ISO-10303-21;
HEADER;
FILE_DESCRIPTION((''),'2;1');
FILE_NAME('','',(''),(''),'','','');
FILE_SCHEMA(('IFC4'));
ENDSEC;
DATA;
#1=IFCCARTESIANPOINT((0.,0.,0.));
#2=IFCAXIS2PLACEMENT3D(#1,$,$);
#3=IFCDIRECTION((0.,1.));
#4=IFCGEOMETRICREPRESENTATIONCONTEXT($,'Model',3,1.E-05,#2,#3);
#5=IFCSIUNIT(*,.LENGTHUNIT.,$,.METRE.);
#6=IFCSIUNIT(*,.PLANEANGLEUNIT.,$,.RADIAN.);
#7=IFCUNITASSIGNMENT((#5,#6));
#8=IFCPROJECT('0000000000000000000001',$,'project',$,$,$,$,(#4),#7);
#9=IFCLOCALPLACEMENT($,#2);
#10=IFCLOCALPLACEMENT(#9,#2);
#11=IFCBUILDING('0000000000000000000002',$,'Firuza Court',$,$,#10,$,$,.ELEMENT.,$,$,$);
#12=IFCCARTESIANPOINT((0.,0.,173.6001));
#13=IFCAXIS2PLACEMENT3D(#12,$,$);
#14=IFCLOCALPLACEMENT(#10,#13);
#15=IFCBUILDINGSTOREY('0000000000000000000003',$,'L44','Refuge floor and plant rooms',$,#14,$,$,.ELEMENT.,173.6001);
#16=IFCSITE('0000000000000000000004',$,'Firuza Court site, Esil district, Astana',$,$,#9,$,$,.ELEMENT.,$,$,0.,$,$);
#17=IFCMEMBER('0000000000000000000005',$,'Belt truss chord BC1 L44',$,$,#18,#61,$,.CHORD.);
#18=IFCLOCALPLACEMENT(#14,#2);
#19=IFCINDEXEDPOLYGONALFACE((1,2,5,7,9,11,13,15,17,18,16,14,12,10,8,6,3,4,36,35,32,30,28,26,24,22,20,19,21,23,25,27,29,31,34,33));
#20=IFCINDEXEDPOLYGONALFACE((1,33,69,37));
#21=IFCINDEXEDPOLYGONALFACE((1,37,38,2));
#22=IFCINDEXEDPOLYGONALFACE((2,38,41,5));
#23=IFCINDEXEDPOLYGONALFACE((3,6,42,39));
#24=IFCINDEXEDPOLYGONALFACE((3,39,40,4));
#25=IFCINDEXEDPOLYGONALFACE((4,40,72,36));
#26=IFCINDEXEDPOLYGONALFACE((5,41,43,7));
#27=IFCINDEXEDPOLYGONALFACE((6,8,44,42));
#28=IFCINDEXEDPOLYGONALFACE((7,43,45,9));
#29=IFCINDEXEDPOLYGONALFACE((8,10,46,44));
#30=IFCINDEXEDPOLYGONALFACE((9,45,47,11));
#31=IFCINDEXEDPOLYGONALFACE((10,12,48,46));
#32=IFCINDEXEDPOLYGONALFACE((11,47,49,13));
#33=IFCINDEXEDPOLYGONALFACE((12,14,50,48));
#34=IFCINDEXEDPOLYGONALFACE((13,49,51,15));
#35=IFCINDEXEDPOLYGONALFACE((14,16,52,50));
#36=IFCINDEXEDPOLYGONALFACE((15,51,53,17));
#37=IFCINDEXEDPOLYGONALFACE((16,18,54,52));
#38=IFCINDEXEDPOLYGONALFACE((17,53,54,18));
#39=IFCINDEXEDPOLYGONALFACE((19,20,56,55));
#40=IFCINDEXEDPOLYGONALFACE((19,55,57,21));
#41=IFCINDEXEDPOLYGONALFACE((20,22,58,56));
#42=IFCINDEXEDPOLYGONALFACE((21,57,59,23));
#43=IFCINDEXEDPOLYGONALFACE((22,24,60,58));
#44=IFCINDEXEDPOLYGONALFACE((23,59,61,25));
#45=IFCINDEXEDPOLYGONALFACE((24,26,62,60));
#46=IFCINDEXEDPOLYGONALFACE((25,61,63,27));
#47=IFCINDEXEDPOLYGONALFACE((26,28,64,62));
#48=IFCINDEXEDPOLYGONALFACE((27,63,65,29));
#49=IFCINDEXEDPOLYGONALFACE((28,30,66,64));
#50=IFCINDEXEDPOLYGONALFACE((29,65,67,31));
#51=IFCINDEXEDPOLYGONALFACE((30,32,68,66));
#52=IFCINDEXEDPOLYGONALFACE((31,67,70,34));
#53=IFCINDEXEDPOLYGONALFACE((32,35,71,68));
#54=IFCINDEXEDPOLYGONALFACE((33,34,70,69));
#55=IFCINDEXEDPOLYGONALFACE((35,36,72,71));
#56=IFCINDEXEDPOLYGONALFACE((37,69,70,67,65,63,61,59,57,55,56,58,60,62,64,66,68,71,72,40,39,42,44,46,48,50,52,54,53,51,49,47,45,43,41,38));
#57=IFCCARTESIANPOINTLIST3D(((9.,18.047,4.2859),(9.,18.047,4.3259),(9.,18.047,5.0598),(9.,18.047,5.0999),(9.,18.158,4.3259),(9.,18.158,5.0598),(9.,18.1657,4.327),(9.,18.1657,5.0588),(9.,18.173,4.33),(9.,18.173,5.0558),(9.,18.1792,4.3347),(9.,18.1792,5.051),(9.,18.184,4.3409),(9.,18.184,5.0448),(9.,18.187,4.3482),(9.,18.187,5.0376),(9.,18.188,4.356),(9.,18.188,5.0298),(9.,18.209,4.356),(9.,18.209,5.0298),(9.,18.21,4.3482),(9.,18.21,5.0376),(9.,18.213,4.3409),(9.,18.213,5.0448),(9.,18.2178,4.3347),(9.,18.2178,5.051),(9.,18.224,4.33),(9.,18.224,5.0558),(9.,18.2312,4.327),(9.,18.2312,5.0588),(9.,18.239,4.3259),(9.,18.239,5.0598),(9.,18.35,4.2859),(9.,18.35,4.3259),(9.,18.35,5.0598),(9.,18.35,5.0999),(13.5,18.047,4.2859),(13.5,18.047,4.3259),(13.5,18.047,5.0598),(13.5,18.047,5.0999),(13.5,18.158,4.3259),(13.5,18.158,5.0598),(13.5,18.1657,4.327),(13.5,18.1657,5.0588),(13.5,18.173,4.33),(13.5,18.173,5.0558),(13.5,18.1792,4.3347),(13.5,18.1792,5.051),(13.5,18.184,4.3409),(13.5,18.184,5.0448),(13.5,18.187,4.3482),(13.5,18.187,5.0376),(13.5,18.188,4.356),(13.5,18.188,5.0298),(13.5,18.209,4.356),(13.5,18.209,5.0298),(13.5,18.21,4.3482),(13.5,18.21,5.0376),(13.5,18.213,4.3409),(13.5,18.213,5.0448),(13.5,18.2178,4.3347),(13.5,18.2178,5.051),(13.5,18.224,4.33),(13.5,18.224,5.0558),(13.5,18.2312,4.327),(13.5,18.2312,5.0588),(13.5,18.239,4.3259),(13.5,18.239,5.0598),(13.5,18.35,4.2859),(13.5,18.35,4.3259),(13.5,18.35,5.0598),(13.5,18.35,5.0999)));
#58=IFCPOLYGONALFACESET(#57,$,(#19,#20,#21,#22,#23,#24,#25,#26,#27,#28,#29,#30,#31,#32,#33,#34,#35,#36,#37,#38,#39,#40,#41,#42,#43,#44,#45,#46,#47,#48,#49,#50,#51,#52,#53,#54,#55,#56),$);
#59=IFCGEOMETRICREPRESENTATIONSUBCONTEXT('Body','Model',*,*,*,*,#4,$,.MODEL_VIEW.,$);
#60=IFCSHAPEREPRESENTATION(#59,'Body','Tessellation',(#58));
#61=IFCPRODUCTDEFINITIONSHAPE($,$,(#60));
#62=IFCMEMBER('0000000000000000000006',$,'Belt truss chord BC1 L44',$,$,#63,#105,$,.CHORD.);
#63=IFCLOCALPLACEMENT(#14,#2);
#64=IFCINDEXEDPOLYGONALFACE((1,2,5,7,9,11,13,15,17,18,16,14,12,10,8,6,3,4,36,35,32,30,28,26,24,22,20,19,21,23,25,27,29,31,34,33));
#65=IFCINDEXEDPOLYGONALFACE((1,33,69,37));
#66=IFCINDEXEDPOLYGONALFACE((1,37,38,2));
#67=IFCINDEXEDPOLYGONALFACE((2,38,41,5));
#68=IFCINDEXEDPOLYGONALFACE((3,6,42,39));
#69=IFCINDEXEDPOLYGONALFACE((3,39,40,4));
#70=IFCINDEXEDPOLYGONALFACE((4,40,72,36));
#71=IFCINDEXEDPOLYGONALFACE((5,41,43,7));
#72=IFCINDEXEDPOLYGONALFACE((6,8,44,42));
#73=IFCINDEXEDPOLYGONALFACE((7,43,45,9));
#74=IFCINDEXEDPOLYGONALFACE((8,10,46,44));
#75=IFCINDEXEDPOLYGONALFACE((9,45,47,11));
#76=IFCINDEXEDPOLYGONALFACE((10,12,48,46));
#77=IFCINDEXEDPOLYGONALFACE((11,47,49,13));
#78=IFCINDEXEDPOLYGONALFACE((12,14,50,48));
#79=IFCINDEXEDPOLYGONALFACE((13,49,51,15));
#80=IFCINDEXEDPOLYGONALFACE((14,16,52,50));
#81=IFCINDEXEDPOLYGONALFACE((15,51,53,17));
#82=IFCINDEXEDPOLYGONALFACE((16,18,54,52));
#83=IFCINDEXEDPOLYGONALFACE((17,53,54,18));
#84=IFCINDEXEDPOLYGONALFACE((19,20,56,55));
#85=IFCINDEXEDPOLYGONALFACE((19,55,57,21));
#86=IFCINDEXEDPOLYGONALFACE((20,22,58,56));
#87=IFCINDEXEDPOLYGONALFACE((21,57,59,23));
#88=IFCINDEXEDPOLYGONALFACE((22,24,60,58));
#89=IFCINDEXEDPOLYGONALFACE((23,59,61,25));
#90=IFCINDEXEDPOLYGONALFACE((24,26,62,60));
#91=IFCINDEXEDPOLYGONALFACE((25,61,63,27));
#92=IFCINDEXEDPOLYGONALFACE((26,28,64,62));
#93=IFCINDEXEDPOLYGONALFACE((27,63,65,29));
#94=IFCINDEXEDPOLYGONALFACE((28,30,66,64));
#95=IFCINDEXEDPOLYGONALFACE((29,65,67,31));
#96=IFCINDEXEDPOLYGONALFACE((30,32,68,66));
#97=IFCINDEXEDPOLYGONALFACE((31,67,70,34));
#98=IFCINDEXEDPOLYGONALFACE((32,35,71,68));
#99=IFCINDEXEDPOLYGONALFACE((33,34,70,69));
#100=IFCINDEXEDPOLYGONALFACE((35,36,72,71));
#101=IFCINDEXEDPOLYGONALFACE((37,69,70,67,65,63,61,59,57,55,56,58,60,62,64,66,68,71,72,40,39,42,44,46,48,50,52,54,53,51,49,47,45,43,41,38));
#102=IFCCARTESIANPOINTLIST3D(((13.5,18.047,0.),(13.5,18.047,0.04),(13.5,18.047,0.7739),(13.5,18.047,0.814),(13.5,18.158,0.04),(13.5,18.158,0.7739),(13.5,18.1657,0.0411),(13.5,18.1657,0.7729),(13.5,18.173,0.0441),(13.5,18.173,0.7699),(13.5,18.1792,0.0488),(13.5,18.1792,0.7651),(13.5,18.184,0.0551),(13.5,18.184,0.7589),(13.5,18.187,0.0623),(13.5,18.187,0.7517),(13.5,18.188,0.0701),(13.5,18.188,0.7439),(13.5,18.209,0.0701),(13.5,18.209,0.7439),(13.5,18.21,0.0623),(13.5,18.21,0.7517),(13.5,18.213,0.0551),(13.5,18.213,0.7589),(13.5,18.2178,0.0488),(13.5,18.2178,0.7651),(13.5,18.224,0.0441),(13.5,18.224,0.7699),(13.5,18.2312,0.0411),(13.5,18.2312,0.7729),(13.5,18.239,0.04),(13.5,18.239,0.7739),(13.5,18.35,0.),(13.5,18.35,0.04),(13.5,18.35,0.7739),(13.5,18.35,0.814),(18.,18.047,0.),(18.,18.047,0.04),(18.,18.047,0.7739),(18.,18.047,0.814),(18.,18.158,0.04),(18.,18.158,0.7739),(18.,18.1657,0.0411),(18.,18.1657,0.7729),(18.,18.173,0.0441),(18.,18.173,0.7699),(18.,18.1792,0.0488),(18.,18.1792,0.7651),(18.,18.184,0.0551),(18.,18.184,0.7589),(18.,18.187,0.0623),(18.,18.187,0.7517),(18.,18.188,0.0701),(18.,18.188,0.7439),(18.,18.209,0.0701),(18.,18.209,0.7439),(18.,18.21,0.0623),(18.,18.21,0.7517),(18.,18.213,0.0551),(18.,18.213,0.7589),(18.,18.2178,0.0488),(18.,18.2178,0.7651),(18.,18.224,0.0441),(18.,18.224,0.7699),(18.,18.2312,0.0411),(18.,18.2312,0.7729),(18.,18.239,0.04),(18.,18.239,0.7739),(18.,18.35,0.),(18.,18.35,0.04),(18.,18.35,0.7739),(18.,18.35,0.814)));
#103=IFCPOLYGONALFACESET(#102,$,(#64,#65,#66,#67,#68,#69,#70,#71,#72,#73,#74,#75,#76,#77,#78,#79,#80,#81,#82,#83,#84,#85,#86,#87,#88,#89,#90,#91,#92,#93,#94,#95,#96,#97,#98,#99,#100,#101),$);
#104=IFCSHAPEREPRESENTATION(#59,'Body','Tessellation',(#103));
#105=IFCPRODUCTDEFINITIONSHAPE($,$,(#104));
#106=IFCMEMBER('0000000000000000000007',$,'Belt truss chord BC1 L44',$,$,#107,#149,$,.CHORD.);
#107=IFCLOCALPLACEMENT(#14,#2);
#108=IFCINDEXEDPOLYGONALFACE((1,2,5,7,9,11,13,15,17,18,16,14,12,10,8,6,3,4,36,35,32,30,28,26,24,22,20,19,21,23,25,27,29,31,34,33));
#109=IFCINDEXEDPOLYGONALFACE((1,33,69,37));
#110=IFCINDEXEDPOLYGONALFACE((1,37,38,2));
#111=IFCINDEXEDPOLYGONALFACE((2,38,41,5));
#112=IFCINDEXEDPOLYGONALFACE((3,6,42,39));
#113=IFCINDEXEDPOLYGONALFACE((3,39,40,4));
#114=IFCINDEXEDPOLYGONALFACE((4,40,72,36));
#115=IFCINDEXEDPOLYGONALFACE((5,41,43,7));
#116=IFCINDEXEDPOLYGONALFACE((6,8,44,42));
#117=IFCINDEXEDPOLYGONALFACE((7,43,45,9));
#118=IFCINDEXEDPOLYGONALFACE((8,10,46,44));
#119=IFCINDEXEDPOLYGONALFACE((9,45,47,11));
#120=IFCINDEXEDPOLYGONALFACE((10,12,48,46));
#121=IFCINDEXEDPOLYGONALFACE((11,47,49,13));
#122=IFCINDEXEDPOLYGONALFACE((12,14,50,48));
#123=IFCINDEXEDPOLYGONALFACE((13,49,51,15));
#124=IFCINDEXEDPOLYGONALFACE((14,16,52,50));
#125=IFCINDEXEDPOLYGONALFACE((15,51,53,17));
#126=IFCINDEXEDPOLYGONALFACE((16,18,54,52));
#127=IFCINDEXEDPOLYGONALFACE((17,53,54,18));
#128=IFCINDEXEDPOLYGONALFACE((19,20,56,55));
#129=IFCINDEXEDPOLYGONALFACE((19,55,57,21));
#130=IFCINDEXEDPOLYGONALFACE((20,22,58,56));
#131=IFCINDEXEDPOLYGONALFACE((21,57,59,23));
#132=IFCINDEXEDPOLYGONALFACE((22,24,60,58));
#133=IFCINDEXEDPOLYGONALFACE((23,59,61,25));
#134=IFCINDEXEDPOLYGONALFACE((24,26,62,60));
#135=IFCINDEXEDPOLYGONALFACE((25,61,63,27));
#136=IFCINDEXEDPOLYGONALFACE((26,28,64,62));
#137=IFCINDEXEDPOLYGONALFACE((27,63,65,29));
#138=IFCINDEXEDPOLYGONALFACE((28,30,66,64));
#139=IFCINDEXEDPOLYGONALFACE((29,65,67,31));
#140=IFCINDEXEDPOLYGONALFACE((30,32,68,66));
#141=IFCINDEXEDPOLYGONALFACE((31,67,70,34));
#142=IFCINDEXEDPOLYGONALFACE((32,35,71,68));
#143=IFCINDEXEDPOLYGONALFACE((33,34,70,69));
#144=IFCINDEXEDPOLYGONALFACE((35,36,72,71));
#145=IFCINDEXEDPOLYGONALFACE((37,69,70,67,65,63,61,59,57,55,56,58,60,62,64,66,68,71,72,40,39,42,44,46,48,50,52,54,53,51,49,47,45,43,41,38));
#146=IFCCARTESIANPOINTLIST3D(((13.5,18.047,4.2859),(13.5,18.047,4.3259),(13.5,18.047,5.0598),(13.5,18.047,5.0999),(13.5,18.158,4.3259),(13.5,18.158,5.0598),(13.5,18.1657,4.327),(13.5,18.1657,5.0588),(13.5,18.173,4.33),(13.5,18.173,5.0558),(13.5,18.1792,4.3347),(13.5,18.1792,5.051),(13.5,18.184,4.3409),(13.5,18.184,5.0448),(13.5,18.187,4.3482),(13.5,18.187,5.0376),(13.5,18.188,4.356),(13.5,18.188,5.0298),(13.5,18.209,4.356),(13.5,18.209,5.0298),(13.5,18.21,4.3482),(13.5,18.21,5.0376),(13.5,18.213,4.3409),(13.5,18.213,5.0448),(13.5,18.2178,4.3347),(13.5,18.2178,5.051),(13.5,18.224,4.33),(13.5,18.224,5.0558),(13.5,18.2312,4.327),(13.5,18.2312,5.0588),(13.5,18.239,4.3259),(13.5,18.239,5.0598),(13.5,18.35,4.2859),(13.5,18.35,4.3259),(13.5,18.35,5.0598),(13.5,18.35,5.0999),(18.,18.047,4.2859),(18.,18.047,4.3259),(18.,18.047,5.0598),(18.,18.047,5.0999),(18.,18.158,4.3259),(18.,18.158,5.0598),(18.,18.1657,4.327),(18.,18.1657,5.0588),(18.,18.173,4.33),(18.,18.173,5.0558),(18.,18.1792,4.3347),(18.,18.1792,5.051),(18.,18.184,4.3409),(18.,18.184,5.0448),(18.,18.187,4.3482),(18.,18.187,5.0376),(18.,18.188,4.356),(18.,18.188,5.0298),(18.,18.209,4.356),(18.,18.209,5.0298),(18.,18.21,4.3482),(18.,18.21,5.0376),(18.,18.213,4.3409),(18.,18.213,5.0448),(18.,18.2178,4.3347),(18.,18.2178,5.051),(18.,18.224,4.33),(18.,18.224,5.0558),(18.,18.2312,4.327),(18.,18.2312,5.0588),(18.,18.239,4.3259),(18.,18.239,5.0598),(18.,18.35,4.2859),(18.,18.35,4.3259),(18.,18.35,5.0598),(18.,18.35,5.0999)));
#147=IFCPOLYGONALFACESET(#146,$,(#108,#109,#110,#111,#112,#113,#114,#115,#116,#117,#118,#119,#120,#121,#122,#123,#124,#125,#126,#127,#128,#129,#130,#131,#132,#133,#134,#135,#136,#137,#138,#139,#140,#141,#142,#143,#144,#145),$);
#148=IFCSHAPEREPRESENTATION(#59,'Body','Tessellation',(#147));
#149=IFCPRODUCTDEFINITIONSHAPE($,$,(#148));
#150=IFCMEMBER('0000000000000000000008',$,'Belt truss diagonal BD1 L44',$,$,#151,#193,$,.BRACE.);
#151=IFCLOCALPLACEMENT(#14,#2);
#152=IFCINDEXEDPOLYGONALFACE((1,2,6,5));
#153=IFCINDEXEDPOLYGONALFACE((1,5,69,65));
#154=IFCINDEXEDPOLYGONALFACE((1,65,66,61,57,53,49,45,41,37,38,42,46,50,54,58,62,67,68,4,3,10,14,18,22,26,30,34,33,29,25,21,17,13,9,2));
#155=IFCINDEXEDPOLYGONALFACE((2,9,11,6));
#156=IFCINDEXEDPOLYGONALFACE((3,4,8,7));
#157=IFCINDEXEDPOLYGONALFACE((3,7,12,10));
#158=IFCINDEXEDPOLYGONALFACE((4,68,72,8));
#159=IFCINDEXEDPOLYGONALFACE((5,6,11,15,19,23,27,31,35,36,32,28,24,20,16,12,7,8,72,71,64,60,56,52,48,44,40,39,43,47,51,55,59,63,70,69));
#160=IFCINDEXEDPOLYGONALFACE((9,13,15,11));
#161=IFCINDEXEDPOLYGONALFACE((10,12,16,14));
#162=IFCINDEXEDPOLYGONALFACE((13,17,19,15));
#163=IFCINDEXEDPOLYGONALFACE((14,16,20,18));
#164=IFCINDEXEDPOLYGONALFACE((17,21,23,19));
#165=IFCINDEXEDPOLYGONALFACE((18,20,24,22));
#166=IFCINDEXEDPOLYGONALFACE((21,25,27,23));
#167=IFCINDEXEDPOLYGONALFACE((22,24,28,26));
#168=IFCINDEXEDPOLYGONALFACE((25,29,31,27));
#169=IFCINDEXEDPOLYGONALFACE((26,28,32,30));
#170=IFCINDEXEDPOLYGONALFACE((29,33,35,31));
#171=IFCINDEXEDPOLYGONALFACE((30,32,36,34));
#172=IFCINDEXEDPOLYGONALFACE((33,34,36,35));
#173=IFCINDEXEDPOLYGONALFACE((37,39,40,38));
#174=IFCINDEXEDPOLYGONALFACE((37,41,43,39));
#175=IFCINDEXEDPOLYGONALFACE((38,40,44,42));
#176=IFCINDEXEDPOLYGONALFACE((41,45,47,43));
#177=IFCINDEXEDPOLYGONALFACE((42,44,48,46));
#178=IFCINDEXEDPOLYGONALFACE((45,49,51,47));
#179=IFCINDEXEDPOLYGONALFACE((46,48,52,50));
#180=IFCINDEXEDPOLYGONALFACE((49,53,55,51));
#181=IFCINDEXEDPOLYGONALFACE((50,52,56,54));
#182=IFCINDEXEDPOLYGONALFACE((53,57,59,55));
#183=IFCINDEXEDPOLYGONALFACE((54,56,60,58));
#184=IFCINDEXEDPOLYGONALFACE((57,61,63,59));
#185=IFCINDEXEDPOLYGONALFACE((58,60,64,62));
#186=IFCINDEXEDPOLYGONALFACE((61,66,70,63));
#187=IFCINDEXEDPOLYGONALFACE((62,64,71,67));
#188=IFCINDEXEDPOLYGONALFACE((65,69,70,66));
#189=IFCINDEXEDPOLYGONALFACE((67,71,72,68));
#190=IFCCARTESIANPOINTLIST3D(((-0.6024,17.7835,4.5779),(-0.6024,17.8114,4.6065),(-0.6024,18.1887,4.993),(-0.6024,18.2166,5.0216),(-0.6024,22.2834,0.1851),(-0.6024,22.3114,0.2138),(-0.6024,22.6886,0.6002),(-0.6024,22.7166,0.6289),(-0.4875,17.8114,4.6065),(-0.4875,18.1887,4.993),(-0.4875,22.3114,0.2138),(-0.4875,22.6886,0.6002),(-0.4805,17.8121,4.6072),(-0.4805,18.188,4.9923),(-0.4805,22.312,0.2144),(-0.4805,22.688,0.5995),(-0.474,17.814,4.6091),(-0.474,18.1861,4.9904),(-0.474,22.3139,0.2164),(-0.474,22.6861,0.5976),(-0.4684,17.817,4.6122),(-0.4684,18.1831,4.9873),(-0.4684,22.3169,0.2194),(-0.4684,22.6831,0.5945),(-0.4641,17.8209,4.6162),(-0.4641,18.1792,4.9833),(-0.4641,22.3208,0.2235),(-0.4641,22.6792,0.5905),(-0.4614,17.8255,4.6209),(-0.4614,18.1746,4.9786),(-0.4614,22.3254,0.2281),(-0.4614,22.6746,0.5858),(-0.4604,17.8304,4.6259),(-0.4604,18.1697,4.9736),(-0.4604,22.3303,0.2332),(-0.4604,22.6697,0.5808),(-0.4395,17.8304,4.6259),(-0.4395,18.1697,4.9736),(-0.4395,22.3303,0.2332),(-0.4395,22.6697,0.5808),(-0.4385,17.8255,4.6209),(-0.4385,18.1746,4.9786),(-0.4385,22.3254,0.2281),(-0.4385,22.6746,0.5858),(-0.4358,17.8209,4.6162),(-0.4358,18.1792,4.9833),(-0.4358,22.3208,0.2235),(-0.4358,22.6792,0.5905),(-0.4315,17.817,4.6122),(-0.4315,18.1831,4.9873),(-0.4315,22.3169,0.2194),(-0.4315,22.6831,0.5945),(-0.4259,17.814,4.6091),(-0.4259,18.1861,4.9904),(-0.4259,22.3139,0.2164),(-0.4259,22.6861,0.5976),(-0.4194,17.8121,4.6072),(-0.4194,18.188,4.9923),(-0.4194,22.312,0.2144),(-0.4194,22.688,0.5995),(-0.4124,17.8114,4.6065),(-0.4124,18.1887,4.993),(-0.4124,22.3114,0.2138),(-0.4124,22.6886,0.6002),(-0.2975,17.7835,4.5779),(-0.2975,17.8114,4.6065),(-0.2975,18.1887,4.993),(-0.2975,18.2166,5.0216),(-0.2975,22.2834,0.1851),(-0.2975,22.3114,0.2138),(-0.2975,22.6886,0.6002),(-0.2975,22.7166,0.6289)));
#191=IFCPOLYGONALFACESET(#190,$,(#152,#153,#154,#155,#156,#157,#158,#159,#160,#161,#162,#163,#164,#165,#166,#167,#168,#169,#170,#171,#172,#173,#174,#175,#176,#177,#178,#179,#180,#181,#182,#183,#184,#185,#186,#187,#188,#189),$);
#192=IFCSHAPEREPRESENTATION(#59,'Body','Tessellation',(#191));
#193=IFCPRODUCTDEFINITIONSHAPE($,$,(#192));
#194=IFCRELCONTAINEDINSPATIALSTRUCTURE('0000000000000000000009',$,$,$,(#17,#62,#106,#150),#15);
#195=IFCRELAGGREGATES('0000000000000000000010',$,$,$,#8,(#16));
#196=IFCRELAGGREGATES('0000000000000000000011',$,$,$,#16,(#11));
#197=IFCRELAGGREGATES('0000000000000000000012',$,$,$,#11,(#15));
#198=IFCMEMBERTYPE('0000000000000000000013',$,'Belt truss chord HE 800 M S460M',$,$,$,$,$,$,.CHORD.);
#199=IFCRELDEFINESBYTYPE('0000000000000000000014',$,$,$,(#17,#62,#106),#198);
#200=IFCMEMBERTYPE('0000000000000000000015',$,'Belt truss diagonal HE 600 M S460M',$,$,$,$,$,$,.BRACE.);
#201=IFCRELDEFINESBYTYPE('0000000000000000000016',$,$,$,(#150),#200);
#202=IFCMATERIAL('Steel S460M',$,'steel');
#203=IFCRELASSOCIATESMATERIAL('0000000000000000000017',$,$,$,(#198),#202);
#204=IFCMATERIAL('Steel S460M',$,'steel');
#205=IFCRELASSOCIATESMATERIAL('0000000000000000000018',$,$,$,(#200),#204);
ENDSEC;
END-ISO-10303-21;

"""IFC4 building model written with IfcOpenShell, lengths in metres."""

from ifc_helpers import new_model, si_unit, direction, frame, origin, origin_2d, place, context, subcontext, project, spatial, i_section, extrude, material, material_profile, profile_set, type_object, element, save


model = new_model("IFC4")

# Units and contexts
model_context = context("Model", 3, precision=1e-05, world=origin(), true_north=direction((0.0, 1.0)))
body_context = subcontext(model_context, "Body", "Model", "MODEL_VIEW")
ifc_project = project(units=[si_unit("LENGTHUNIT", "METRE"), si_unit("PLANEANGLEUNIT", "RADIAN")], contexts=[model_context])

# Site, building, storey
site_placement = place(None, origin())
site = spatial("IfcSite", under=ifc_project, at=site_placement, Name="Firuza Court site, Esil district, Astana", CompositionType="ELEMENT", RefElevation=0.0)
building_placement = place(site_placement, origin())
building = spatial("IfcBuilding", under=site, at=building_placement, Name="Firuza Court", CompositionType="ELEMENT")
storey_placement = place(building_placement, frame((0.0, 0.0, 173.6001)))
storey = spatial("IfcBuildingStorey", under=building, at=storey_placement, Name="L44", Description="Refuge floor and plant rooms", CompositionType="ELEMENT", Elevation=173.6001)

# Members
ifc_material_1 = material(Name="Steel S460M", Category="steel")
ifc_material_profile_1 = material_profile(ifc_material_1, i_section(OverallWidth=0.303, OverallDepth=0.814, WebThickness=0.021, FlangeThickness=0.04, FilletRadius=0.03, at=origin_2d()), Name="HE 800 M")
ifc_profile_set_1 = profile_set([ifc_material_profile_1], Name="Steel S460M")
member_type_1 = type_object("IfcMemberType", Name="Belt truss chord HE 800 M S460M", PredefinedType="CHORD", material=ifc_profile_set_1)
for number, where, z_axis, x_axis, name in (
    (1, (9.0, 18.1985, 4.6929), (1.0, 0.0, 0.0), (0.0, 1.0, 0.0), "Belt truss chord BC1 L44"),
    (2, (13.5, 18.1985, 0.407), (1.0, 0.0, 0.0), (0.0, 1.0, 0.0), "Belt truss chord BC1 L44"),
    (3, (13.5, 18.1985, 4.6929), (1.0, 0.0, 0.0), (0.0, 1.0, 0.0), "Belt truss chord BC1 L44"),
):
    element("IfcMember", number, at=place(storey_placement, frame(where, z_axis=z_axis, x_axis=x_axis)), inside=storey, type_object=member_type_1, Name=name, PredefinedType="CHORD", context=body_context, shape_type="SweptSolid", body=[
        extrude(i_section(OverallWidth=0.303, OverallDepth=0.814, WebThickness=0.021, FlangeThickness=0.04, FilletRadius=0.03, at=origin_2d()), origin(), (0.0, 0.0, 1.0), 4.5),
    ])
ifc_material_2 = material(Name="Steel S460M", Category="steel")
ifc_material_profile_2 = material_profile(ifc_material_2, i_section(OverallWidth=0.3049, OverallDepth=0.6201, WebThickness=0.021, FlangeThickness=0.04, FilletRadius=0.0271, at=origin_2d()), Name="HE 600 M")
ifc_profile_set_2 = profile_set([ifc_material_profile_2], Name="Steel S460M")
member_type_2 = type_object("IfcMemberType", Name="Belt truss diagonal HE 600 M S460M", PredefinedType="BRACE", material=ifc_profile_set_2)
member_placement = place(storey_placement, frame((-0.45, 22.5, 0.407), z_axis=(0.0, -0.715577, 0.698534), x_axis=(1.0, 0.0, 0.0)))
element("IfcMember", 4, at=member_placement, inside=storey, type_object=member_type_2, Name="Belt truss diagonal BD1 L44", PredefinedType="BRACE", context=body_context, shape_type="SweptSolid", body=[
    extrude(i_section(OverallWidth=0.3049, OverallDepth=0.6201, WebThickness=0.021, FlangeThickness=0.04, FilletRadius=0.0271, at=origin_2d()), origin(), (0.0, 0.0, 1.0), 6.2886),
])

save(model, "model.ifc")
